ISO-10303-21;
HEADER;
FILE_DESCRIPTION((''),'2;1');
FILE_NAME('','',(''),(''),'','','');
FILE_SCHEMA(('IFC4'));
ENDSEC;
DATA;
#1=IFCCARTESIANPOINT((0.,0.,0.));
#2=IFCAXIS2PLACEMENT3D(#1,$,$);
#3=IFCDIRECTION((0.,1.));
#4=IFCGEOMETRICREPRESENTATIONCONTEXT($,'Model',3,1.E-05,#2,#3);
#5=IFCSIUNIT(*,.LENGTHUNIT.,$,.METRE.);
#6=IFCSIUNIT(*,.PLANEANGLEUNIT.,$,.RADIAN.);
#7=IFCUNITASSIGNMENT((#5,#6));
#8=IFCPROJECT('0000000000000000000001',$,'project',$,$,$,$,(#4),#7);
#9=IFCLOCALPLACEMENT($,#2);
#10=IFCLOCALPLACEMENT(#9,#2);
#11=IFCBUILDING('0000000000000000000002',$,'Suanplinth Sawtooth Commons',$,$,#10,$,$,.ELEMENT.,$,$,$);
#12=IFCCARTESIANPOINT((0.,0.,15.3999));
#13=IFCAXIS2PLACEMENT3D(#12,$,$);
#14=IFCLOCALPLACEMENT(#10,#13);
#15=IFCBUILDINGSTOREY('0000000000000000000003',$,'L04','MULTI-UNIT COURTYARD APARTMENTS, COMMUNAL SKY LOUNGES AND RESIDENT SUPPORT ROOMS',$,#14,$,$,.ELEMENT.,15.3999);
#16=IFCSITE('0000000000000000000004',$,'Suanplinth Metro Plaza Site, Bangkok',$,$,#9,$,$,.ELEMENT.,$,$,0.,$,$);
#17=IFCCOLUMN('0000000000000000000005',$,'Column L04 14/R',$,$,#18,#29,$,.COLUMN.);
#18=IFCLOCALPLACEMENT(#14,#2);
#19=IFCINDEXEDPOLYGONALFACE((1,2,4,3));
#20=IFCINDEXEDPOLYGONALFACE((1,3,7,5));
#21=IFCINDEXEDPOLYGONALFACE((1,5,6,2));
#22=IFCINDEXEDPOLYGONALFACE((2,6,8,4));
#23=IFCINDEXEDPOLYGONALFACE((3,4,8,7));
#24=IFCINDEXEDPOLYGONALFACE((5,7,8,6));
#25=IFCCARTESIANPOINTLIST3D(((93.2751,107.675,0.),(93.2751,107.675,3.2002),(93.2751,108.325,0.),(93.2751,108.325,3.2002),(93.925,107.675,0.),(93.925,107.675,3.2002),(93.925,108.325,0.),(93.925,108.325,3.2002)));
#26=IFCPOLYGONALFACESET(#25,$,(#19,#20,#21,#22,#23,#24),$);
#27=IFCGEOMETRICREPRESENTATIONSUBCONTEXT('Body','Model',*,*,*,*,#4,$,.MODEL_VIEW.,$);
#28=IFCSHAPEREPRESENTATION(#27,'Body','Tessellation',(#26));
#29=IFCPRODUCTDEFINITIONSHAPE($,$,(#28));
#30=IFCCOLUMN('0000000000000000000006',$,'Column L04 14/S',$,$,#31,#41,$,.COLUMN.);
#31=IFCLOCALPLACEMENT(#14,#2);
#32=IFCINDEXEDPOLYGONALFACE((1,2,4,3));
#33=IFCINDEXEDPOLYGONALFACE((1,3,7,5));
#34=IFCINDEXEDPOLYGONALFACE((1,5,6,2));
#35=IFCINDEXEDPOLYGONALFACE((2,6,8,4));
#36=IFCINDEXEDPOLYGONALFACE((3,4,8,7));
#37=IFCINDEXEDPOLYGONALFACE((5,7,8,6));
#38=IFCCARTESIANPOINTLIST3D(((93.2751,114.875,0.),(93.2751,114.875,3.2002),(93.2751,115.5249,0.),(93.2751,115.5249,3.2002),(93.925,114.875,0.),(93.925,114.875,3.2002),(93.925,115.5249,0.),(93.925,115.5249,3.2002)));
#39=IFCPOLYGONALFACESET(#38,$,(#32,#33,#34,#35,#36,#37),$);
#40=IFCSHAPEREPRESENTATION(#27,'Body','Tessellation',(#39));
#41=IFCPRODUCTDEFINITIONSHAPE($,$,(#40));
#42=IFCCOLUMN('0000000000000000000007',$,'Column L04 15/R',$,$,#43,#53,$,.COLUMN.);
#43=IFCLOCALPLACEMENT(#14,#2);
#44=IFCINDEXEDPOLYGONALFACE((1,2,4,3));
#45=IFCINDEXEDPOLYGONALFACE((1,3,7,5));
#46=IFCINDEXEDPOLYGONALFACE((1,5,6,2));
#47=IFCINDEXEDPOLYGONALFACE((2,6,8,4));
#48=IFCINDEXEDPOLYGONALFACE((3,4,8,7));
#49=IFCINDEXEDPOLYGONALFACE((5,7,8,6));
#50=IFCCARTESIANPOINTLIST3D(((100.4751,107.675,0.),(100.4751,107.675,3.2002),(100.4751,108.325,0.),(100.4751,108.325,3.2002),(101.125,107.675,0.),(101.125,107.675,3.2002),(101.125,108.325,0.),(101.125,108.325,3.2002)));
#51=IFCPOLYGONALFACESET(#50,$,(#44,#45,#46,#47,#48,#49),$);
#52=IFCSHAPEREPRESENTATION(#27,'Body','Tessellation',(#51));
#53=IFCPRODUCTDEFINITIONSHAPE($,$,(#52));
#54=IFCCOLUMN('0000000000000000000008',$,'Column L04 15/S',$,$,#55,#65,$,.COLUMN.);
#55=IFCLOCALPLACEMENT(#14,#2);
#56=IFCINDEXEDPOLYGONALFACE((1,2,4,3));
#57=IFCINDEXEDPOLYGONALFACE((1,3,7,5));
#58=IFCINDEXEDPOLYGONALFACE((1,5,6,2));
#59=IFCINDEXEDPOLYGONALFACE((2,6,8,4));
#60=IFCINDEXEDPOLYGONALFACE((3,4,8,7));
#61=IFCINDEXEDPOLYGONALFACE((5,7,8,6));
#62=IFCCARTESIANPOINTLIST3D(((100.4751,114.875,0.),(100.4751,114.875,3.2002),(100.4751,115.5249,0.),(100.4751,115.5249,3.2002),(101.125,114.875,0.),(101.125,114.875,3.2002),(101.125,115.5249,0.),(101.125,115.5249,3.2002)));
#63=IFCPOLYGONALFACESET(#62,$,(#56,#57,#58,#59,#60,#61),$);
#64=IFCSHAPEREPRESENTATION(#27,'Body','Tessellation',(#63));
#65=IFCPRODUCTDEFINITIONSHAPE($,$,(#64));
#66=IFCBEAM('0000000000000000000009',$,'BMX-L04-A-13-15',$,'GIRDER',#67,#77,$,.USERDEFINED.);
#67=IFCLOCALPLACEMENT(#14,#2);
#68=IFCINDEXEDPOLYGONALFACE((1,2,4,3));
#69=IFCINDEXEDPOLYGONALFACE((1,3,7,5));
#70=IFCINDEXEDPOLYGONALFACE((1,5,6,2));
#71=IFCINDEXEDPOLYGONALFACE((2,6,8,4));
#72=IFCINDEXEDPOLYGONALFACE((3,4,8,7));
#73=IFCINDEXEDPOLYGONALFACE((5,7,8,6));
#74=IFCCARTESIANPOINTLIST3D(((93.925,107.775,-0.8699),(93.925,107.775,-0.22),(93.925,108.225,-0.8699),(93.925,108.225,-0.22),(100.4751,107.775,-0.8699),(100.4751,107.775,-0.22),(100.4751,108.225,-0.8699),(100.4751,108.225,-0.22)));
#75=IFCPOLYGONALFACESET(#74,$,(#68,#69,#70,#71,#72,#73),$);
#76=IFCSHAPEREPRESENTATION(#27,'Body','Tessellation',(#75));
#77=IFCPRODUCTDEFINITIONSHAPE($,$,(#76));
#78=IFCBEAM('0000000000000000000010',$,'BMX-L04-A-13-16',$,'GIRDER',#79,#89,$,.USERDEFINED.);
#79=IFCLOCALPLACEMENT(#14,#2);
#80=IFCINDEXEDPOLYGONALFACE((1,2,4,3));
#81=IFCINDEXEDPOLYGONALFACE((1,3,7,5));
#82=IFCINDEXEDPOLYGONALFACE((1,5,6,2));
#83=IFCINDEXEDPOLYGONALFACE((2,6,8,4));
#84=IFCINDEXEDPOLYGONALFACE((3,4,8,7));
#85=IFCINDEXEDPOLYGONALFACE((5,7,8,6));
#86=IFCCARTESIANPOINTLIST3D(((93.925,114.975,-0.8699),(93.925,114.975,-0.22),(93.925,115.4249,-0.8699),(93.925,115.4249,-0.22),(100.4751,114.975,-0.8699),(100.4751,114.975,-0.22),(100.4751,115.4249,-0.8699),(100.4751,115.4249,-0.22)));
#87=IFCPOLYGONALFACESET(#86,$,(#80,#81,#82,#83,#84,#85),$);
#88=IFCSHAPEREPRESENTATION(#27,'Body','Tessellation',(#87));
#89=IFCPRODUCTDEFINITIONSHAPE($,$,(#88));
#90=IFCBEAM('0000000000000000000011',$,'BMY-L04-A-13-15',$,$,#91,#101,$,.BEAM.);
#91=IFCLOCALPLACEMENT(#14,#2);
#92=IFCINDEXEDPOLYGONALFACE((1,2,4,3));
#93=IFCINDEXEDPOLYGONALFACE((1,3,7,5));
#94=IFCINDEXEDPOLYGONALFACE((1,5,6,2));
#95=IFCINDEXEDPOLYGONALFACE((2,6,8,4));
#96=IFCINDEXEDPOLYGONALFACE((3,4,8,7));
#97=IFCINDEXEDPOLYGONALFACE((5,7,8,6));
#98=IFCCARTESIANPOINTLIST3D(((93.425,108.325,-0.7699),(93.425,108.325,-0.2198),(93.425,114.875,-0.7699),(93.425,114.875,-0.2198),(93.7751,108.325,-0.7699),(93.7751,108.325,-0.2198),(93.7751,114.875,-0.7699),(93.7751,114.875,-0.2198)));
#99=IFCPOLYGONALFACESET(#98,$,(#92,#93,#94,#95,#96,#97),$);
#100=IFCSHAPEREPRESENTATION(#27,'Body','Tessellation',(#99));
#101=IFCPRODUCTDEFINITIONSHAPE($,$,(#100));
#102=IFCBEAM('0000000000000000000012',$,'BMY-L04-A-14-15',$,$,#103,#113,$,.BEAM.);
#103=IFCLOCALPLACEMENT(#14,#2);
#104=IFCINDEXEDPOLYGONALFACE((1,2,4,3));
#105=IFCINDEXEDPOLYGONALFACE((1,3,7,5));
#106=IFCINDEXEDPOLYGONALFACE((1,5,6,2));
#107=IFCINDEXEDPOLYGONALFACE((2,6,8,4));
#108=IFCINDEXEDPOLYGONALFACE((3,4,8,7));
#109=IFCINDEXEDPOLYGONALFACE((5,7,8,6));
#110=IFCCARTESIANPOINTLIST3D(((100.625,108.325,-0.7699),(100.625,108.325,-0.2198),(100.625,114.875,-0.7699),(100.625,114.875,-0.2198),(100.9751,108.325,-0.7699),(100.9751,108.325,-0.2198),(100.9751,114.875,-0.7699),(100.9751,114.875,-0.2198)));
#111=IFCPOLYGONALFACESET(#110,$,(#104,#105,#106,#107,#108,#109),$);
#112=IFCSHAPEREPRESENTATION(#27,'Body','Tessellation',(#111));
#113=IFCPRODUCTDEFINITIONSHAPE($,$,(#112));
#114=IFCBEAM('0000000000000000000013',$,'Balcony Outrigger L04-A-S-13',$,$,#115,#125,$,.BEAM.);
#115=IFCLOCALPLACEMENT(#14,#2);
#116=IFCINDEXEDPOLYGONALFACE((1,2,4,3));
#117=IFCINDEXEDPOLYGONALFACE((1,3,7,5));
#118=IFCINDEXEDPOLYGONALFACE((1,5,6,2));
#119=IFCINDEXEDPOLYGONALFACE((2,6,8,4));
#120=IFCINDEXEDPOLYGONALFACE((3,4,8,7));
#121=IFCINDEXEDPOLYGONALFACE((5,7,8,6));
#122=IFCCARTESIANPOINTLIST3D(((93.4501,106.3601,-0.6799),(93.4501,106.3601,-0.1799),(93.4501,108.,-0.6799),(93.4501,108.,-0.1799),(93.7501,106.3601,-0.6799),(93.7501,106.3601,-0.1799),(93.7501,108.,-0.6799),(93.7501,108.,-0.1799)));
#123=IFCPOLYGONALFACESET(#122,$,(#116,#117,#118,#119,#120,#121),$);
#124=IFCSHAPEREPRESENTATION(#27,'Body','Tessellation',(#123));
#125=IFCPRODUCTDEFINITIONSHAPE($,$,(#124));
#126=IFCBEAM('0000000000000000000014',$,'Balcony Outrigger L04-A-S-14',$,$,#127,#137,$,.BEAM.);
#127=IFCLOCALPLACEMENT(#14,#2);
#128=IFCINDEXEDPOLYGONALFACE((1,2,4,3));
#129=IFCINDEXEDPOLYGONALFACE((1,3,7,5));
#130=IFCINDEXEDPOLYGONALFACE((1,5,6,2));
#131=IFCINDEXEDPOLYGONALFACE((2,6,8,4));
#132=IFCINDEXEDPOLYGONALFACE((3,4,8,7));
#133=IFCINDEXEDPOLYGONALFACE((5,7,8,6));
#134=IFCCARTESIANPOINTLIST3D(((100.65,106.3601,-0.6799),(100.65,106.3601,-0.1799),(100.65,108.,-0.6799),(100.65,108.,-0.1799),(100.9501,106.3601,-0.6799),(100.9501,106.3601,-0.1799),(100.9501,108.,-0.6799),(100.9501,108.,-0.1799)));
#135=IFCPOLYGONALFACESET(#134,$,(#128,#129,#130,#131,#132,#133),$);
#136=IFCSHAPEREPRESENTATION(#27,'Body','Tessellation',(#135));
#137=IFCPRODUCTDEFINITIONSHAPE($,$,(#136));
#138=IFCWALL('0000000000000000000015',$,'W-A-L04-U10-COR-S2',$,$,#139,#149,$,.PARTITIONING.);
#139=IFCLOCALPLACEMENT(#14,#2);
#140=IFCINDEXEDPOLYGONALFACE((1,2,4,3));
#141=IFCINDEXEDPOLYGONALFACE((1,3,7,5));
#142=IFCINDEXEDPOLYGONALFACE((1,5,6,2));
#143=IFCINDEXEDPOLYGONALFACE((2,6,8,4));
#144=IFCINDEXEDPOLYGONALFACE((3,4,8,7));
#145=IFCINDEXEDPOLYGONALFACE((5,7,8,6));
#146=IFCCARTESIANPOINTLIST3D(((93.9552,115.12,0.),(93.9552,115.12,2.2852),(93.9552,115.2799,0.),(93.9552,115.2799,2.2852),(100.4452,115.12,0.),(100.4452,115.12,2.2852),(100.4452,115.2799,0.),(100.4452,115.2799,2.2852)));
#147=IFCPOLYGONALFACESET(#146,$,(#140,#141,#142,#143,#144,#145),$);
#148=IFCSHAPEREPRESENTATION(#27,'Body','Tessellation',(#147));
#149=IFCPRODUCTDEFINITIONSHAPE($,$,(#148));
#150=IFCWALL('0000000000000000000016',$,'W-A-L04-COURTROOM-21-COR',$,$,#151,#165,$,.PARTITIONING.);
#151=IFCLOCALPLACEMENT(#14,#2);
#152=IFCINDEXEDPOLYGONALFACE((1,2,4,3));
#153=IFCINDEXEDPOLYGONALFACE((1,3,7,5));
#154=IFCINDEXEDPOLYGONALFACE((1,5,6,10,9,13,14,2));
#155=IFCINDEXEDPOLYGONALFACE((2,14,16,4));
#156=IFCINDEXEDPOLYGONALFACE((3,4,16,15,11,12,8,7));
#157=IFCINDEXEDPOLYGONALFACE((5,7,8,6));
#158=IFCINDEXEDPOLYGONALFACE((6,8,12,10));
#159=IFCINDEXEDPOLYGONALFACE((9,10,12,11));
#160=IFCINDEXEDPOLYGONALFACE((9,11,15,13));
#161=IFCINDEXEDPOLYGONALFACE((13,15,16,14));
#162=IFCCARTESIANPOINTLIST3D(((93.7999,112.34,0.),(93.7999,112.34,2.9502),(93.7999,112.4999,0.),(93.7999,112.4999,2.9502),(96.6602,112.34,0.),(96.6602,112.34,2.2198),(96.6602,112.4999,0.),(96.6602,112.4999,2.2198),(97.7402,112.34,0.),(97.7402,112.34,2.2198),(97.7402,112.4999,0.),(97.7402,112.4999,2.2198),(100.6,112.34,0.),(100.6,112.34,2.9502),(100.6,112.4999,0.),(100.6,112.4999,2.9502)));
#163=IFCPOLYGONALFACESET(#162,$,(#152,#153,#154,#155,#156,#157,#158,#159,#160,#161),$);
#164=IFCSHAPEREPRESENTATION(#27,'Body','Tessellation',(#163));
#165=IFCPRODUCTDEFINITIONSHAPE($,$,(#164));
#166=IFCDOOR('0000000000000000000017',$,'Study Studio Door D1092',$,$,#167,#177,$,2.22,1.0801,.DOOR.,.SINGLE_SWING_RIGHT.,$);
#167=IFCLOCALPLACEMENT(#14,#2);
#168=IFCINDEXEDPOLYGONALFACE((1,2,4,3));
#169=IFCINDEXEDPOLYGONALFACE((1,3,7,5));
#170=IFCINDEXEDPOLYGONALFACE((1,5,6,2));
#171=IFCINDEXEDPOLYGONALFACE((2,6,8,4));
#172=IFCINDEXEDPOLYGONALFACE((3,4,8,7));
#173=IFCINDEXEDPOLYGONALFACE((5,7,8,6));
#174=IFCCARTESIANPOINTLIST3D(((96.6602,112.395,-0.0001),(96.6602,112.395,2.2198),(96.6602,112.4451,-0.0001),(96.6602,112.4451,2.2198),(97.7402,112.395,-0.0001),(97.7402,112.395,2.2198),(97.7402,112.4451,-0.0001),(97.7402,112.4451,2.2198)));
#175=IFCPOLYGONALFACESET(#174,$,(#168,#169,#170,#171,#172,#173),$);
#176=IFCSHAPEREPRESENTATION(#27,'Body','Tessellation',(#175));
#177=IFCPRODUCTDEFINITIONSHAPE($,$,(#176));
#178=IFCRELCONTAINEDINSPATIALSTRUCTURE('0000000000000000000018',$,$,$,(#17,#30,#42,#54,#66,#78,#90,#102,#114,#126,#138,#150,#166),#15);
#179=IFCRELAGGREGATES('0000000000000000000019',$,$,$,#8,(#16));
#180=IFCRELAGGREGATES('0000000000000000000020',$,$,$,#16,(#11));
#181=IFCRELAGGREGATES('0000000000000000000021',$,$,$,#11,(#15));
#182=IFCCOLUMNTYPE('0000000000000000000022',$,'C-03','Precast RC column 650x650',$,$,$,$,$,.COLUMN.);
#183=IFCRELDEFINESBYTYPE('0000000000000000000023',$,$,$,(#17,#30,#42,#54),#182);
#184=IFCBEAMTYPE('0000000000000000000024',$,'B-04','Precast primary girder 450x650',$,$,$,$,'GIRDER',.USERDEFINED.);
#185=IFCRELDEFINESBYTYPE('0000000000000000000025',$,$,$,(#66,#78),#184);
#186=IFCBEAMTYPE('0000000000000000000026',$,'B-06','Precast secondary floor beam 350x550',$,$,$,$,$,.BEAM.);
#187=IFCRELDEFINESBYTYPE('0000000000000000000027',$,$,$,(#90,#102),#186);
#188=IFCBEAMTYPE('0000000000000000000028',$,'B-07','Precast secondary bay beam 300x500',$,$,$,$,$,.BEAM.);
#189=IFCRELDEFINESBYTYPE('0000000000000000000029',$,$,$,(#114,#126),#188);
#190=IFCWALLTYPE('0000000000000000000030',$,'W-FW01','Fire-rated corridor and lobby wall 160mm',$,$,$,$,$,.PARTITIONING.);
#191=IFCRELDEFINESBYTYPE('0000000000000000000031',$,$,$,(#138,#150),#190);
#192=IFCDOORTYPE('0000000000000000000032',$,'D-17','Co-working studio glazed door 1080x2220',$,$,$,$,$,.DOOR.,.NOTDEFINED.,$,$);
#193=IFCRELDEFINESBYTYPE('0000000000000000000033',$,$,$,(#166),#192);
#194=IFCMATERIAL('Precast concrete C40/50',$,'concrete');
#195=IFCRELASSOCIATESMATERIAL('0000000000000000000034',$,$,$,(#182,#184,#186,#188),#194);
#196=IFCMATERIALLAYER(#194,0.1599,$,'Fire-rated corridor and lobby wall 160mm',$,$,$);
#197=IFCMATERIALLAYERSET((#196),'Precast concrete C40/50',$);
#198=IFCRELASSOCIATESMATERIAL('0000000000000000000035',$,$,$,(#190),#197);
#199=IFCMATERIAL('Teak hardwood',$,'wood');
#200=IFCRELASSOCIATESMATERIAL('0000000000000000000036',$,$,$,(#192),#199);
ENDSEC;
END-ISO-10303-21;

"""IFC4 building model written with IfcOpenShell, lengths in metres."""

from ifc_helpers import new_model, si_unit, direction, frame, frame_2d, origin, origin_2d, place, context, subcontext, project, spatial, rectangle, extrude, material, layer, layer_set, material_profile, profile_set, type_object, element, fill, save


model = new_model("IFC4")

# Units and contexts
model_context = context("Model", 3, precision=1e-05, world=origin(), true_north=direction((0.0, 1.0)))
body_context = subcontext(model_context, "Body", "Model", "MODEL_VIEW")
ifc_project = project(units=[si_unit("LENGTHUNIT", "METRE"), si_unit("PLANEANGLEUNIT", "RADIAN")], contexts=[model_context])

# Site, building, storey
site_placement = place(None, origin())
site = spatial("IfcSite", under=ifc_project, at=site_placement, Name="Suanplinth Metro Plaza Site, Bangkok", CompositionType="ELEMENT", RefElevation=0.0)
building_placement = place(site_placement, origin())
building = spatial("IfcBuilding", under=site, at=building_placement, Name="Suanplinth Sawtooth Commons", CompositionType="ELEMENT")
storey_placement = place(building_placement, frame((0.0, 0.0, 15.3999)))
storey = spatial("IfcBuildingStorey", under=building, at=storey_placement, Name="L04", Description="MULTI-UNIT COURTYARD APARTMENTS, COMMUNAL SKY LOUNGES AND RESIDENT SUPPORT ROOMS", CompositionType="ELEMENT", Elevation=15.3999)

# Columns
ifc_material_1 = material(Name="Precast concrete C40/50", Category="concrete")
ifc_material_profile_1 = material_profile(ifc_material_1, rectangle(XDim=0.6499, YDim=0.6499, at=origin_2d()), Name="PC-COL 650x650")
ifc_profile_set_1 = profile_set([ifc_material_profile_1], Name="Precast concrete C40/50")
column_type = type_object("IfcColumnType", Name="C-03", Description="Precast RC column 650x650", PredefinedType="COLUMN", material=ifc_profile_set_1)
for number, where, z_axis, x_axis, name in (
    (1, (93.6001, 108.0, 0.0), (0.0, 0.0, 1.0), (1.0, 0.0, 0.0), "Column L04 14/R"),
    (2, (93.6001, 115.2, 0.0), (0.0, 0.0, 1.0), (1.0, 0.0, 0.0), "Column L04 14/S"),
    (3, (100.8, 108.0, 0.0), (0.0, 0.0, 1.0), (1.0, 0.0, 0.0), "Column L04 15/R"),
    (4, (100.8, 115.2, 0.0), (0.0, 0.0, 1.0), (1.0, 0.0, 0.0), "Column L04 15/S"),
):
    element("IfcColumn", number, at=place(storey_placement, frame(where, z_axis=z_axis, x_axis=x_axis)), inside=storey, type_object=column_type, Name=name, PredefinedType="COLUMN", context=body_context, shape_type="SweptSolid", body=[
        extrude(rectangle(XDim=0.6499, YDim=0.6499, at=origin_2d()), origin(), (0.0, 0.0, 1.0), 3.2002),
    ])

# Beams
ifc_material_profile_2 = material_profile(ifc_material_1, rectangle(XDim=0.45, YDim=0.6499, at=origin_2d()), Name="PC-GDR 450x650")
ifc_profile_set_2 = profile_set([ifc_material_profile_2], Name="Precast concrete C40/50")
beam_type_1 = type_object("IfcBeamType", Name="B-04", Description="Precast primary girder 450x650", ElementType="GIRDER", PredefinedType="USERDEFINED", material=ifc_profile_set_2)
for number, where, z_axis, x_axis, name in (
    (5, (93.925, 108.0, -0.5449), (1.0, 0.0, 0.0), (0.0, 1.0, 0.0), "BMX-L04-A-13-15"),
    (6, (93.925, 115.2, -0.5449), (1.0, 0.0, 0.0), (0.0, 1.0, 0.0), "BMX-L04-A-13-16"),
):
    element("IfcBeam", number, at=place(storey_placement, frame(where, z_axis=z_axis, x_axis=x_axis)), inside=storey, type_object=beam_type_1, Name=name, ObjectType="GIRDER", PredefinedType="USERDEFINED", context=body_context, shape_type="SweptSolid", body=[
        extrude(rectangle(XDim=0.45, YDim=0.6499, at=origin_2d()), origin(), (0.0, 0.0, 1.0), 6.55),
    ])
ifc_material_profile_3 = material_profile(ifc_material_1, rectangle(XDim=0.3501, YDim=0.55, at=origin_2d()), Name="PC-BM 350x550")
ifc_profile_set_3 = profile_set([ifc_material_profile_3], Name="Precast concrete C40/50")
beam_type_2 = type_object("IfcBeamType", Name="B-06", Description="Precast secondary floor beam 350x550", PredefinedType="BEAM", material=ifc_profile_set_3)
for number, where, z_axis, x_axis, name in (
    (7, (93.6001, 108.325, -0.4949), (0.0, 1.0, 0.0), (-1.0, 0.0, 0.0), "BMY-L04-A-13-15"),
    (8, (100.8, 108.325, -0.4949), (0.0, 1.0, 0.0), (-1.0, 0.0, 0.0), "BMY-L04-A-14-15"),
):
    element("IfcBeam", number, at=place(storey_placement, frame(where, z_axis=z_axis, x_axis=x_axis)), inside=storey, type_object=beam_type_2, Name=name, PredefinedType="BEAM", context=body_context, shape_type="SweptSolid", body=[
        extrude(rectangle(XDim=0.3501, YDim=0.55, at=origin_2d()), origin(), (0.0, 0.0, 1.0), 6.55),
    ])
ifc_material_profile_4 = material_profile(ifc_material_1, rectangle(XDim=0.3, YDim=0.5, at=origin_2d()), Name="PC-BM 300x500")
ifc_profile_set_4 = profile_set([ifc_material_profile_4], Name="Precast concrete C40/50")
beam_type_3 = type_object("IfcBeamType", Name="B-07", Description="Precast secondary bay beam 300x500", PredefinedType="BEAM", material=ifc_profile_set_4)
for number, where, z_axis, x_axis, name in (
    (9, (93.6001, 108.0, -0.4299), (0.0, -1.0, 0.0), (1.0, 0.0, 0.0), "Balcony Outrigger L04-A-S-13"),
    (10, (100.8, 108.0, -0.4299), (0.0, -1.0, 0.0), (1.0, 0.0, 0.0), "Balcony Outrigger L04-A-S-14"),
):
    element("IfcBeam", number, at=place(storey_placement, frame(where, z_axis=z_axis, x_axis=x_axis)), inside=storey, type_object=beam_type_3, Name=name, PredefinedType="BEAM", context=body_context, shape_type="SweptSolid", body=[
        extrude(rectangle(XDim=0.3, YDim=0.5, at=origin_2d()), origin(), (0.0, 0.0, 1.0), 1.6399),
    ])

# Wall
ifc_layer_1 = layer(ifc_material_1, 0.1599, Name="Fire-rated corridor and lobby wall 160mm")
ifc_layer_set_1 = layer_set([ifc_layer_1], Name="Precast concrete C40/50")
wall_type_1 = type_object("IfcWallType", Name="W-FW01", Description="Fire-rated corridor and lobby wall 160mm", PredefinedType="PARTITIONING", material=ifc_layer_set_1)
wall_1_placement = place(storey_placement, frame((93.9551, 115.2, 0.0), z_axis=(0.0, 0.0, 1.0), x_axis=(1.0, 0.0, 0.0)))
element("IfcWall", 11, at=wall_1_placement, inside=storey, type_object=wall_type_1, Name="W-A-L04-U10-COR-S2", PredefinedType="PARTITIONING", context=body_context, shape_type="SweptSolid", body=[
    extrude(rectangle(XDim=6.49, YDim=0.1599, at=frame_2d((3.2451, 0.0))), origin(), (0.0, 0.0, 1.0), 2.2852),
])

# Wall, opening, door
wall_2_placement = place(storey_placement, frame((93.8, 112.4199, 0.0), z_axis=(0.0, 0.0, 1.0), x_axis=(1.0, 0.0, 0.0)))
wall_2 = element("IfcWall", 12, at=wall_2_placement, inside=storey, type_object=wall_type_1, Name="W-A-L04-COURTROOM-21-COR", PredefinedType="PARTITIONING", context=body_context, shape_type="SweptSolid", body=[
    extrude(rectangle(XDim=6.8, YDim=0.1599, at=frame_2d((3.3999, 0.0))), origin(), (0.0, 0.0, 1.0), 2.9502),
])
opening_1_placement = place(wall_2_placement, frame((2.8601, 0.0, 0.0)))
opening_1 = element("IfcOpeningElement", 13, at=opening_1_placement, cuts=wall_2, PredefinedType="OPENING", context=body_context, shape_type="SweptSolid", body=[
    extrude(rectangle(XDim=1.0801, YDim=2.22, at=frame_2d((0.54, 1.1099))), frame((0.0, 0.0947, 0.0), z_axis=(0.0, -1.0, 0.0), x_axis=(1.0, 0.0, 0.0)), (0.0, 0.0, 1.0), 0.1897),
])
ifc_material_2 = material(Name="Teak hardwood", Category="wood")
door_type_1 = type_object("IfcDoorType", Name="D-17", Description="Co-working studio glazed door 1080x2220", OperationType="NOTDEFINED", PredefinedType="DOOR", material=ifc_material_2)
door_1_placement = place(opening_1_placement, frame((1.0801, 0.0, 0.0), z_axis=(0.0, 0.0, 1.0), x_axis=(-1.0, 0.0, 0.0)))
door_1 = element("IfcDoor", 14, at=door_1_placement, inside=storey, type_object=door_type_1, Name="Study Studio Door D1092", OperationType="SINGLE_SWING_RIGHT", OverallHeight=2.22, OverallWidth=1.0801, PredefinedType="DOOR", context=body_context, shape_type="SweptSolid", body=[
    extrude(rectangle(XDim=1.0801, YDim=2.22, at=frame_2d((0.54, 1.1099))), frame((0.0, 0.0249, 0.0), z_axis=(0.0, -1.0, 0.0), x_axis=(1.0, 0.0, 0.0)), (0.0, 0.0, 1.0), 0.05),
])
fill(opening_1, door_1)

save(model, "model.ifc")
